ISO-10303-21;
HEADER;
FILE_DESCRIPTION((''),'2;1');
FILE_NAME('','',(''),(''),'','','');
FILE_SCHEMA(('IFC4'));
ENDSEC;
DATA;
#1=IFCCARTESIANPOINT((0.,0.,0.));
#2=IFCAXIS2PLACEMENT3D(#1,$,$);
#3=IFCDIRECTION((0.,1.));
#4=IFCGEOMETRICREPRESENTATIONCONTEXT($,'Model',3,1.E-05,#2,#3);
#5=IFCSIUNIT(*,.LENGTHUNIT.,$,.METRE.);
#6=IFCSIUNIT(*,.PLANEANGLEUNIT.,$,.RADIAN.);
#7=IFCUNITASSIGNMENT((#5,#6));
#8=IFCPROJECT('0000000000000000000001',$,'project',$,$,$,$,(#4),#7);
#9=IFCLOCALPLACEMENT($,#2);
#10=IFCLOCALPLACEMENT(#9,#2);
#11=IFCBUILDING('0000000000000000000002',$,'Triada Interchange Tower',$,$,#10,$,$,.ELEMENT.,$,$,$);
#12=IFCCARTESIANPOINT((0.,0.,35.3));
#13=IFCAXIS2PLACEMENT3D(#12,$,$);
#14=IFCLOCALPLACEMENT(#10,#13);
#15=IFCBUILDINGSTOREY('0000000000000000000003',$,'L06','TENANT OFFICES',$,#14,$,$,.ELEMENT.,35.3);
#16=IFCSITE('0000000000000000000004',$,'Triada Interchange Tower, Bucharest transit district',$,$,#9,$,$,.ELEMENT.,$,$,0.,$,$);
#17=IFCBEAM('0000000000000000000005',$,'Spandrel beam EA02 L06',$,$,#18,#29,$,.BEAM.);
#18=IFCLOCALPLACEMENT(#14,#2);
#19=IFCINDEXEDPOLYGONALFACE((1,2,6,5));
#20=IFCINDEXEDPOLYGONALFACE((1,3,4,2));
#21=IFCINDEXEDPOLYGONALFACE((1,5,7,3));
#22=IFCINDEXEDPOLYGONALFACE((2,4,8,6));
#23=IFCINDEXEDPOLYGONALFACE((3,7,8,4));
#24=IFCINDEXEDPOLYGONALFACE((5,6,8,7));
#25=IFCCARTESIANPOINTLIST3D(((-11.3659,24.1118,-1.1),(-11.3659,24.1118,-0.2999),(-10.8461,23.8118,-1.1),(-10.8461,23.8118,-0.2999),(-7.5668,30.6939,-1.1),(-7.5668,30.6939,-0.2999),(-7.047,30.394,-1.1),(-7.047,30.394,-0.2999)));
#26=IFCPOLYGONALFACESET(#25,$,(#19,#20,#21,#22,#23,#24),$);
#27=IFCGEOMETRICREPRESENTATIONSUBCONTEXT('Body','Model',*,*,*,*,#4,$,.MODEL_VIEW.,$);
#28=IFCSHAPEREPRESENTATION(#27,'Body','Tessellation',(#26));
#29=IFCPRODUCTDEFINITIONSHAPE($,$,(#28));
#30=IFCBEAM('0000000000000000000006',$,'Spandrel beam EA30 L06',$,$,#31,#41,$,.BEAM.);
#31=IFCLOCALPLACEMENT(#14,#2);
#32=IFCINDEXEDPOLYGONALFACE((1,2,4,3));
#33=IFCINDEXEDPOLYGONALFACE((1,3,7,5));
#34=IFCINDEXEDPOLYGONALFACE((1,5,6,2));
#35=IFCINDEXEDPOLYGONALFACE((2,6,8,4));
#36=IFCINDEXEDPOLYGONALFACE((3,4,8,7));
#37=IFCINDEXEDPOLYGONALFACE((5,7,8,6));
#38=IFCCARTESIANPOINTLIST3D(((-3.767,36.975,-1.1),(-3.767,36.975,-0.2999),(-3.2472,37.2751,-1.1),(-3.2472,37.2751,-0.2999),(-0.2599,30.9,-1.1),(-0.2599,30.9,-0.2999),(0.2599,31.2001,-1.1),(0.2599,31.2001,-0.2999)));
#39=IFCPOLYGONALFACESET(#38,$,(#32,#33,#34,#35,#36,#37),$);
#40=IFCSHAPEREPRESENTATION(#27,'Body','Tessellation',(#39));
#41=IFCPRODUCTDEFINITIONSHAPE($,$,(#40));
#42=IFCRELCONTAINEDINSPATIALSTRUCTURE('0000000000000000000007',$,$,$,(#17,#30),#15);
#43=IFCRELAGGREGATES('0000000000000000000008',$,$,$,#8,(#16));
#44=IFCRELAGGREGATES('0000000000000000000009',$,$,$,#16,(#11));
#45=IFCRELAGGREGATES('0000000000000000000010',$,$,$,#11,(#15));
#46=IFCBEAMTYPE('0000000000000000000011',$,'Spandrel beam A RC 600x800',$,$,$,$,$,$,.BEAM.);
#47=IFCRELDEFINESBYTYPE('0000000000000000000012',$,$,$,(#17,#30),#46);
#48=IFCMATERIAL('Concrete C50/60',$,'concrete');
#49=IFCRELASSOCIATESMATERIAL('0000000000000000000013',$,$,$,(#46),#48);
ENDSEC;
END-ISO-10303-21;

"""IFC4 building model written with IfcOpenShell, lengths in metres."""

from ifc_helpers import new_model, si_unit, direction, frame, origin, origin_2d, place, context, subcontext, project, spatial, rectangle, extrude, material, material_profile, profile_set, type_object, element, save


model = new_model("IFC4")

# Units and contexts
model_context = context("Model", 3, precision=1e-05, world=origin(), true_north=direction((0.0, 1.0)))
body_context = subcontext(model_context, "Body", "Model", "MODEL_VIEW")
ifc_project = project(units=[si_unit("LENGTHUNIT", "METRE"), si_unit("PLANEANGLEUNIT", "RADIAN")], contexts=[model_context])

# Site, building, storey
site_placement = place(None, origin())
site = spatial("IfcSite", under=ifc_project, at=site_placement, Name="Triada Interchange Tower, Bucharest transit district", CompositionType="ELEMENT", RefElevation=0.0)
building_placement = place(site_placement, origin())
building = spatial("IfcBuilding", under=site, at=building_placement, Name="Triada Interchange Tower", CompositionType="ELEMENT")
storey_placement = place(building_placement, frame((0.0, 0.0, 35.3)))
storey = spatial("IfcBuildingStorey", under=building, at=storey_placement, Name="L06", Description="TENANT OFFICES", CompositionType="ELEMENT", Elevation=35.3)

# Beams
ifc_material_1 = material(Name="Concrete C50/60", Category="concrete")
ifc_material_profile_1 = material_profile(ifc_material_1, rectangle(XDim=0.6001, YDim=0.8, at=origin_2d()), Name="RC 600x800")
ifc_profile_set_1 = profile_set([ifc_material_profile_1], Name="Concrete C50/60")
beam_type_1 = type_object("IfcBeamType", Name="Spandrel beam A RC 600x800", PredefinedType="BEAM", material=ifc_profile_set_1)
beam_1_placement = place(storey_placement, frame((-7.3069, 30.5439, -0.7), z_axis=(-0.499895, -0.866086, 0.0), x_axis=(0.866086, -0.499895, 0.0)))
element("IfcBeam", 1, at=beam_1_placement, inside=storey, type_object=beam_type_1, Name="Spandrel beam EA02 L06", PredefinedType="BEAM", context=body_context, shape_type="SweptSolid", body=[
    extrude(rectangle(XDim=0.6001, YDim=0.8, at=origin_2d()), origin(), (0.0, 0.0, 1.0), 7.5999),
])
beam_2_placement = place(storey_placement, frame((0.0, 31.05, -0.7), z_axis=(-0.499968, 0.866044, 0.0), x_axis=(-0.866044, -0.499968, 0.0)))
element("IfcBeam", 2, at=beam_2_placement, inside=storey, type_object=beam_type_1, Name="Spandrel beam EA30 L06", PredefinedType="BEAM", context=body_context, shape_type="SweptSolid", body=[
    extrude(rectangle(XDim=0.6001, YDim=0.8, at=origin_2d()), origin(), (0.0, 0.0, 1.0), 7.0146),
])

save(model, "model.ifc")
